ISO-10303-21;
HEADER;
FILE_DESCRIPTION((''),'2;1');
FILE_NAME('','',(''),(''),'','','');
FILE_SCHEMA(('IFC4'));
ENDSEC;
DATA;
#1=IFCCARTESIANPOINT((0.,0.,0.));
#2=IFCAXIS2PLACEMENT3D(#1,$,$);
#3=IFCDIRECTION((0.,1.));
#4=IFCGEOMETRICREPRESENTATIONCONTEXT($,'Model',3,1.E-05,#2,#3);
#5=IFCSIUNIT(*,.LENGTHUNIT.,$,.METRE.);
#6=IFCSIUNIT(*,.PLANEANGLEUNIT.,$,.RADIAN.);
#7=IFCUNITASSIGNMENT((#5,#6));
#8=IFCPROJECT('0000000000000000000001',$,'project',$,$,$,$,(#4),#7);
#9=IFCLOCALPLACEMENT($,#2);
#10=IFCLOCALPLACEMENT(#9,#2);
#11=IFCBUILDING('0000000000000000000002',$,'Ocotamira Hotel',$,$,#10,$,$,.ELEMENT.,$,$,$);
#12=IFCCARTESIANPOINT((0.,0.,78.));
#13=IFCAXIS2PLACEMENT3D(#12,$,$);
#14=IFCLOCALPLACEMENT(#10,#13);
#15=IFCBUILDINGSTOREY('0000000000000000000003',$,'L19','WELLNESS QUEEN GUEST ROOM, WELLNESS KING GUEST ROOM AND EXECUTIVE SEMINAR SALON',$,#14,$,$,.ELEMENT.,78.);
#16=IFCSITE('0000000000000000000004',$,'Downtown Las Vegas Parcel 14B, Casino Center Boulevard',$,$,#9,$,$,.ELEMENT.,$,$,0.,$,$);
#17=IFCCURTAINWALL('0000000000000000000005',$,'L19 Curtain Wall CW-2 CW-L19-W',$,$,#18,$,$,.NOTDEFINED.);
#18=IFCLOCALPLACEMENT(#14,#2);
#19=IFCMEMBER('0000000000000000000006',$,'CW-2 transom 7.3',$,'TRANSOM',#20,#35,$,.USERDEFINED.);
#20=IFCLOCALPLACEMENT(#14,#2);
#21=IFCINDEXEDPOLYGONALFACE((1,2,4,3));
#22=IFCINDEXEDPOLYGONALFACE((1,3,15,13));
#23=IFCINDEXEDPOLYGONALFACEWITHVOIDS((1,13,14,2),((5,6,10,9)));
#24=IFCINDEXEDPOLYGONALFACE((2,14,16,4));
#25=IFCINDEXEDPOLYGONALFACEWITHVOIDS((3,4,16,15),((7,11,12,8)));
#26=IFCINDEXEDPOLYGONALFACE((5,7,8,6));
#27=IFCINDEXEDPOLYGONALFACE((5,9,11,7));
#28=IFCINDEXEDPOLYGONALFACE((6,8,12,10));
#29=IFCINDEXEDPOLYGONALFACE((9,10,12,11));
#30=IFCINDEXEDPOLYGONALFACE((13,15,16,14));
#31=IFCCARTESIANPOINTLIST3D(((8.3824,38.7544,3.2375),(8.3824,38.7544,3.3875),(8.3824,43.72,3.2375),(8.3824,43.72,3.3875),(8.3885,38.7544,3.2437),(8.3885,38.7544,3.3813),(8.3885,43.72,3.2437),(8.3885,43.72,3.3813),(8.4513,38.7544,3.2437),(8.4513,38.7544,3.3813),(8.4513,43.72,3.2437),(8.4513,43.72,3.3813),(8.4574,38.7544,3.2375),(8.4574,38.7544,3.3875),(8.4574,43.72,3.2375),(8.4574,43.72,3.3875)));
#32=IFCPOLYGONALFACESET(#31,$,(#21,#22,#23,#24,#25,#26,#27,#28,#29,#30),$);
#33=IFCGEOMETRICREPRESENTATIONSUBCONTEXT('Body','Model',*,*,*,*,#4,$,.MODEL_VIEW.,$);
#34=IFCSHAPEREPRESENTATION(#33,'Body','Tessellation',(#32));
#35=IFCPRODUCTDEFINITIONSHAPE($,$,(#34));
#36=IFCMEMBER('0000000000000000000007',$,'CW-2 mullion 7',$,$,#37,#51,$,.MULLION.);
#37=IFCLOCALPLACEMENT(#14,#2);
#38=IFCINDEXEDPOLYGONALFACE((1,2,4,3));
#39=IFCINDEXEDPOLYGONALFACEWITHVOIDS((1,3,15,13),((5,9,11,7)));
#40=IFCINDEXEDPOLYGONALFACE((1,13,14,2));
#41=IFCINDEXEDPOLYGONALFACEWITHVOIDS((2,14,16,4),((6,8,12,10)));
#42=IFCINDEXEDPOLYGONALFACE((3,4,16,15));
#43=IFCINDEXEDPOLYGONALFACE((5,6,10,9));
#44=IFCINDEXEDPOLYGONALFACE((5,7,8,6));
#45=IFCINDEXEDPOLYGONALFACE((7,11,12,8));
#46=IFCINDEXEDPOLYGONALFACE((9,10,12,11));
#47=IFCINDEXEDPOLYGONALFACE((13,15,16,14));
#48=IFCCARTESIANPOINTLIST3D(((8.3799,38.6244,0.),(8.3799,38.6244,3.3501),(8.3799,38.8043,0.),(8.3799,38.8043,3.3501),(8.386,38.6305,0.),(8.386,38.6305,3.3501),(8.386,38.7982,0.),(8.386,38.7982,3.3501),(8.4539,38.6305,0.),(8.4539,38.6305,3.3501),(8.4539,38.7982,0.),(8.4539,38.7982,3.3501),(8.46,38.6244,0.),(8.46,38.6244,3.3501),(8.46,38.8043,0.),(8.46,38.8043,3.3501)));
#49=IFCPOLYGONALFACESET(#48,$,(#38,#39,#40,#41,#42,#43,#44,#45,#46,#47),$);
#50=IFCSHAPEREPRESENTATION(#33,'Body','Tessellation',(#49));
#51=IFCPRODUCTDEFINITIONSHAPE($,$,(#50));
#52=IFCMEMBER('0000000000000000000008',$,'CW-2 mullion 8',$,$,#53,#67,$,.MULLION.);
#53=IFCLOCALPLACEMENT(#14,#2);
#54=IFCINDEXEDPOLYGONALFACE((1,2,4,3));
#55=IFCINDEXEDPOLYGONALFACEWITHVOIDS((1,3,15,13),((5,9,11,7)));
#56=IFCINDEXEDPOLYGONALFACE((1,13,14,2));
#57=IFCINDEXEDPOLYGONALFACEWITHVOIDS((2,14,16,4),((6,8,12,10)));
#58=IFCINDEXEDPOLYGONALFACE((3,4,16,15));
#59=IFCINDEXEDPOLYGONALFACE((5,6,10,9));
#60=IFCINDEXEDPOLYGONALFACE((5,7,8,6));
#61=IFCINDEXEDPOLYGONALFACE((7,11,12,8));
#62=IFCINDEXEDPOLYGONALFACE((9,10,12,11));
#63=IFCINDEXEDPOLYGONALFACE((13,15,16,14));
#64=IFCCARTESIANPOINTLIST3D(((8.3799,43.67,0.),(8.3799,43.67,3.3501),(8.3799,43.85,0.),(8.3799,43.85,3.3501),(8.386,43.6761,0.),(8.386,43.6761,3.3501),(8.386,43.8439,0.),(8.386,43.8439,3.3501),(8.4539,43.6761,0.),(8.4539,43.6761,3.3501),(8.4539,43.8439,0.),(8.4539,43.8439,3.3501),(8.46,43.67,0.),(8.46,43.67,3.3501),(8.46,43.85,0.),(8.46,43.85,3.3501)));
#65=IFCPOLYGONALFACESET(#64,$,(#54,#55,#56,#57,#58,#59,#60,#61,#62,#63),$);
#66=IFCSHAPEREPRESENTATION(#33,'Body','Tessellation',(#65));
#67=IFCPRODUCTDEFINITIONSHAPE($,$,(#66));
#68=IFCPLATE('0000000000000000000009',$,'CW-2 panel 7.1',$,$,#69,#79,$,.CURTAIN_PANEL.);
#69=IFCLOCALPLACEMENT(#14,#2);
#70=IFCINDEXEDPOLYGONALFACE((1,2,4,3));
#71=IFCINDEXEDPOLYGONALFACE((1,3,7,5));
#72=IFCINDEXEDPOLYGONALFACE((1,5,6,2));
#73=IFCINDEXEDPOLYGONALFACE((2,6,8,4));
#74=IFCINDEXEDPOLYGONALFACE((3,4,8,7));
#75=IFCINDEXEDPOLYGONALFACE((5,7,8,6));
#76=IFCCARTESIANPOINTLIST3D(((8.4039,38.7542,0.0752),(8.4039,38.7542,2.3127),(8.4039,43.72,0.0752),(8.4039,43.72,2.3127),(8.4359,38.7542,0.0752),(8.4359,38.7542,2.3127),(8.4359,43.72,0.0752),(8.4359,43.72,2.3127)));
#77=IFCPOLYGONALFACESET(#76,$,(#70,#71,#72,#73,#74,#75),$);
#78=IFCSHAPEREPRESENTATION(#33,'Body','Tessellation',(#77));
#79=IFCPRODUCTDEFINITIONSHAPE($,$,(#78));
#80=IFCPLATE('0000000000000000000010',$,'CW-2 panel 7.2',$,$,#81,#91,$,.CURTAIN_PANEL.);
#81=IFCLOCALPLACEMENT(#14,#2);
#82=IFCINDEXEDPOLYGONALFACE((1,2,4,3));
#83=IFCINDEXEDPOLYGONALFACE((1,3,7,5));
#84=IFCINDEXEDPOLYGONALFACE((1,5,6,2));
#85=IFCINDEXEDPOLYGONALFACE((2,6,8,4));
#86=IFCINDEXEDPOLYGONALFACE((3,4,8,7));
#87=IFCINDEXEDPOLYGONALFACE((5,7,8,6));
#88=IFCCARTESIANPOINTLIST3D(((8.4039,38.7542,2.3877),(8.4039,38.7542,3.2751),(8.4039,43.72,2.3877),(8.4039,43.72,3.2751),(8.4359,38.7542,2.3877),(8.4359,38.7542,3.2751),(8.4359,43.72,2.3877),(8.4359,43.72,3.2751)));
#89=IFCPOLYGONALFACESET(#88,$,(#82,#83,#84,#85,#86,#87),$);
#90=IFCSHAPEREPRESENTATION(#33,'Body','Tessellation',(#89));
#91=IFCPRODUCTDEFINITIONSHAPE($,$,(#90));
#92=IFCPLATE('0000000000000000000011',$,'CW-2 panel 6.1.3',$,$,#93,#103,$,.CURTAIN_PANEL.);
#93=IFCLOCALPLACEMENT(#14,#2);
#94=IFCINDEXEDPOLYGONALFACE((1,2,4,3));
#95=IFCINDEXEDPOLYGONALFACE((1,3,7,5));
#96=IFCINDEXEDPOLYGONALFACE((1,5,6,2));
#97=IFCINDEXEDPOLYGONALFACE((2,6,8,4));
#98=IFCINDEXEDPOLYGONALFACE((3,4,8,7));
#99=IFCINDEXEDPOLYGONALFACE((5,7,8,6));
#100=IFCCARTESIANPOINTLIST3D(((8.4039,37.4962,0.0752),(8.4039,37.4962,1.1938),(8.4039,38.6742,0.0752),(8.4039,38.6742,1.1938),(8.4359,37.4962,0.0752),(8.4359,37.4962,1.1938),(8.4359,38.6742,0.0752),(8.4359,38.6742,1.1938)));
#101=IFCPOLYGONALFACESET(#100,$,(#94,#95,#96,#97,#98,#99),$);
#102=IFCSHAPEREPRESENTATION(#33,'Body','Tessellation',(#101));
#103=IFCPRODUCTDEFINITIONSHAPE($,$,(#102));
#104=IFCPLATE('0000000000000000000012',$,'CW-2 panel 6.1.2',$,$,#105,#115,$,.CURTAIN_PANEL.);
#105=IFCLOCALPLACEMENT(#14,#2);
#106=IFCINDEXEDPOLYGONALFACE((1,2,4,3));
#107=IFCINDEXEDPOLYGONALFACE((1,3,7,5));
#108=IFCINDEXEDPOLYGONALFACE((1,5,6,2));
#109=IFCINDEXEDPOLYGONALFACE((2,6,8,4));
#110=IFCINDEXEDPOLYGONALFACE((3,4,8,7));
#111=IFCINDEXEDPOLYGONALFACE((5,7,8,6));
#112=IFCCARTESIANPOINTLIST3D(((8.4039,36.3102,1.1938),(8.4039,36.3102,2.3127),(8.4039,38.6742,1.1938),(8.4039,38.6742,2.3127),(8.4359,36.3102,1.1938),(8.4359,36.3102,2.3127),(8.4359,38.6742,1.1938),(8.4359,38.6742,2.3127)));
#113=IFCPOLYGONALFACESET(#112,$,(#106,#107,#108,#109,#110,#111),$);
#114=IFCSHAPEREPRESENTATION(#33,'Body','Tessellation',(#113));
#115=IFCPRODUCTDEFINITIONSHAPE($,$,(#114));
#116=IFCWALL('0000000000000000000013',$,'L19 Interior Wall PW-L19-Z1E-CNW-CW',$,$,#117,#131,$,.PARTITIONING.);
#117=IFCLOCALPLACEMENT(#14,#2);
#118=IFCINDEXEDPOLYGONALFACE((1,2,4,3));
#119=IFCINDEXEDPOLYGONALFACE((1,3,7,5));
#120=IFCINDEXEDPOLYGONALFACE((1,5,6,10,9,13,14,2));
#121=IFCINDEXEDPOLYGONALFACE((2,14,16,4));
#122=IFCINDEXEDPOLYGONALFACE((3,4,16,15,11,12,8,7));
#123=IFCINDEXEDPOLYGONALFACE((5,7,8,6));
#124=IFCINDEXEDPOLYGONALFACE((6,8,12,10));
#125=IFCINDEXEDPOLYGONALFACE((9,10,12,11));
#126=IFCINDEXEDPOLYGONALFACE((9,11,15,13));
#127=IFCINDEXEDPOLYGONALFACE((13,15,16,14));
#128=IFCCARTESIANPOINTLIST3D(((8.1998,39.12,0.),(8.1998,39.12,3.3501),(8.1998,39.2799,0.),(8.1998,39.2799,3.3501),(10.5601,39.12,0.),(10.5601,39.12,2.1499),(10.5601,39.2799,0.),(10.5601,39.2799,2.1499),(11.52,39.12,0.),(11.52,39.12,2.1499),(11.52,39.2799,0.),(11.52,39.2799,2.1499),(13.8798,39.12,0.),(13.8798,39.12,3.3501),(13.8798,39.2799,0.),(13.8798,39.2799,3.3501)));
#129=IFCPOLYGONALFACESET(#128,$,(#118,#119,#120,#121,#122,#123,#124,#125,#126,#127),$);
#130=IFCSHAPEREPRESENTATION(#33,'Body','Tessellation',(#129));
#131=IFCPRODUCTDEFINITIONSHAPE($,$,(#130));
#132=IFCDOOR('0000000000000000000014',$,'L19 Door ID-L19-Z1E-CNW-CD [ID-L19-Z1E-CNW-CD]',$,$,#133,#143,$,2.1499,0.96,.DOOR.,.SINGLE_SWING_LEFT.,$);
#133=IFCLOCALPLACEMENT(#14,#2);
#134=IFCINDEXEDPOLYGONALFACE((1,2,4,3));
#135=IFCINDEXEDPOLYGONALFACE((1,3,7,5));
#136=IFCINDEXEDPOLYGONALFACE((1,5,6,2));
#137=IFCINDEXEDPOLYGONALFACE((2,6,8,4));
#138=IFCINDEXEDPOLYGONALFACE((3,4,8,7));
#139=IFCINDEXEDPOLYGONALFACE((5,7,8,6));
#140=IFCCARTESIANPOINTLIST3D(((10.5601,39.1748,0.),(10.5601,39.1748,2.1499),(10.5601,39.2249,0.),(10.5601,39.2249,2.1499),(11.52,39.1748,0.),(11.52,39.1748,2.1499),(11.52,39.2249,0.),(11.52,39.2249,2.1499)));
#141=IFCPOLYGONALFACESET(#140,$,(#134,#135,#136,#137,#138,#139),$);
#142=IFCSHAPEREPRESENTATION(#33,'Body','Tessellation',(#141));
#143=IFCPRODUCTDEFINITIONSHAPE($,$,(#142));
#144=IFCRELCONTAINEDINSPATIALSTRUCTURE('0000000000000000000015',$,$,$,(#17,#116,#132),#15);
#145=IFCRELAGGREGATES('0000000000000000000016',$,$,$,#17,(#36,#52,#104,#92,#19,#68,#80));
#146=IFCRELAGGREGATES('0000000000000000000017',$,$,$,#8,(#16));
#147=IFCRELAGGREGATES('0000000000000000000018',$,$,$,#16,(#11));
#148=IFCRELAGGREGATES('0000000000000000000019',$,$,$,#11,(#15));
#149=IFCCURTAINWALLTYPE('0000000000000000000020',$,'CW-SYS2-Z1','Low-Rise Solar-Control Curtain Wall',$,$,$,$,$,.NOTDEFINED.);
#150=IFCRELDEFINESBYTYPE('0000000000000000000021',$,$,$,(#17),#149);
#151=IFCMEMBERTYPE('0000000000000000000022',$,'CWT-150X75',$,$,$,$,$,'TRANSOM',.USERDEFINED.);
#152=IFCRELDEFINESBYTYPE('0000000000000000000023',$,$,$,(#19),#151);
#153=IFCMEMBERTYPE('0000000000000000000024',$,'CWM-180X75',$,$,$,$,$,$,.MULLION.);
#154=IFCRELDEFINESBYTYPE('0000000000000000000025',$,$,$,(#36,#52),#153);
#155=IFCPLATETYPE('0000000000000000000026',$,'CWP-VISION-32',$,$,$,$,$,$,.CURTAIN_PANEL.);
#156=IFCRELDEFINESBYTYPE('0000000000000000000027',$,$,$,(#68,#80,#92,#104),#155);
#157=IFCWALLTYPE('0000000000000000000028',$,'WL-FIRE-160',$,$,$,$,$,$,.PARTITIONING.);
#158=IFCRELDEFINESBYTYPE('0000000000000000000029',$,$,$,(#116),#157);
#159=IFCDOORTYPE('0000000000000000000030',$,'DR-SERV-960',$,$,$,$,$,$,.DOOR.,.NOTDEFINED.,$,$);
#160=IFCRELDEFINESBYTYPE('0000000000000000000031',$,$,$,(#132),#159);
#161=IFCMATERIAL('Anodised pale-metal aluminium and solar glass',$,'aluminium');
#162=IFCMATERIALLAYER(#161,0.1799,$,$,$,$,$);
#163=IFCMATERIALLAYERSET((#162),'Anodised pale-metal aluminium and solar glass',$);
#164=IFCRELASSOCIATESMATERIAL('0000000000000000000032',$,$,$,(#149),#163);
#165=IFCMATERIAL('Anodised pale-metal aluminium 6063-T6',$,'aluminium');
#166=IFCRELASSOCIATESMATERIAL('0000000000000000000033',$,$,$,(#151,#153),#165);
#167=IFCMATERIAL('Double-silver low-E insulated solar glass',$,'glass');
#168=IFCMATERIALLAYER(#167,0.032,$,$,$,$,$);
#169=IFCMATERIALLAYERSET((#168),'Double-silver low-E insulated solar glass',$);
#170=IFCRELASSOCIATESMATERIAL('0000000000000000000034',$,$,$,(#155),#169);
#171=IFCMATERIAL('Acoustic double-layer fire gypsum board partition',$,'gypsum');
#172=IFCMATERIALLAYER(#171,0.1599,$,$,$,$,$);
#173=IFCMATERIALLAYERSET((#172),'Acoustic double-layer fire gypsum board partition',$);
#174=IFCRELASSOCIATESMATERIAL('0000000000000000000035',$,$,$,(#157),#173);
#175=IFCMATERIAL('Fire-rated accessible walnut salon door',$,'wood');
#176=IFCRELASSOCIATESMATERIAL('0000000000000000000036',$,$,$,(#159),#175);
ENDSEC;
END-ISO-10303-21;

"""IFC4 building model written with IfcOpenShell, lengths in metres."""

from ifc_helpers import new_model, si_unit, direction, frame, frame_2d, origin, origin_2d, place, context, subcontext, project, spatial, rectangle, hollow_rectangle, extrude, source, transform, mapped, material, layer, layer_set, material_profile, profile_set, type_object, element, fill, aggregate, save


model = new_model("IFC4")

# Units and contexts
model_context = context("Model", 3, precision=1e-05, world=origin(), true_north=direction((0.0, 1.0)))
body_context = subcontext(model_context, "Body", "Model", "MODEL_VIEW")
ifc_project = project(units=[si_unit("LENGTHUNIT", "METRE"), si_unit("PLANEANGLEUNIT", "RADIAN")], contexts=[model_context])

# Site, building, storey
site_placement = place(None, origin())
site = spatial("IfcSite", under=ifc_project, at=site_placement, Name="Downtown Las Vegas Parcel 14B, Casino Center Boulevard", CompositionType="ELEMENT", RefElevation=0.0)
building_placement = place(site_placement, origin())
building = spatial("IfcBuilding", under=site, at=building_placement, Name="Ocotamira Hotel", CompositionType="ELEMENT")
storey_placement = place(building_placement, frame((0.0, 0.0, 78.0)))
storey = spatial("IfcBuildingStorey", under=building, at=storey_placement, Name="L19", Description="WELLNESS QUEEN GUEST ROOM, WELLNESS KING GUEST ROOM AND EXECUTIVE SEMINAR SALON", CompositionType="ELEMENT", Elevation=78.0)

# Curtain wall, members, plates
ifc_material_1 = material(Name="Anodised pale-metal aluminium and solar glass", Category="aluminium")
ifc_layer_1 = layer(ifc_material_1, 0.1799)
ifc_layer_set_1 = layer_set([ifc_layer_1], Name="Anodised pale-metal aluminium and solar glass")
curtain_wall_type = type_object("IfcCurtainWallType", Name="CW-SYS2-Z1", Description="Low-Rise Solar-Control Curtain Wall", PredefinedType="NOTDEFINED", material=ifc_layer_set_1)
curtain_wall_placement = place(storey_placement, origin())
curtain_wall = element("IfcCurtainWall", 1, at=curtain_wall_placement, inside=storey, type_object=curtain_wall_type, Name="L19 Curtain Wall CW-2 CW-L19-W", PredefinedType="NOTDEFINED")
ifc_material_2 = material(Name="Anodised pale-metal aluminium 6063-T6", Category="aluminium")
ifc_material_profile_1 = material_profile(ifc_material_2, hollow_rectangle(XDim=0.075, YDim=0.1499, WallThickness=0.0061, at=origin_2d()), Name="HSS150X75X6")
ifc_profile_set_1 = profile_set([ifc_material_profile_1], Name="Anodised pale-metal aluminium 6063-T6")
member_type_1 = type_object("IfcMemberType", Name="CWT-150X75", ElementType="TRANSOM", PredefinedType="USERDEFINED", material=ifc_profile_set_1)
shared_shape_1 = source(origin(), body_context, "Body", "SweptSolid", [
    extrude(hollow_rectangle(XDim=0.075, YDim=0.1499, WallThickness=0.0061, at=origin_2d()), origin(), (0.0, 0.0, 1.0), 4.9656),
])
member_1_placement = place(storey_placement, frame((8.4199, 38.7544, 3.3125), z_axis=(0.0, 1.0, 0.0), x_axis=(-1.0, 0.0, 0.0)))
member_1 = element("IfcMember", 2, at=member_1_placement, type_object=member_type_1, Name="CW-2 transom 7.3", ObjectType="TRANSOM", PredefinedType="USERDEFINED", context=body_context, shape_type="MappedRepresentation", body=[
    mapped(shared_shape_1, transform((0.0, 0.0, 0.0), scale=1.0)),
])
ifc_material_profile_2 = material_profile(ifc_material_2, hollow_rectangle(XDim=0.0801, YDim=0.1799, WallThickness=0.0061, at=origin_2d()), Name="HSS180X80X6")
ifc_profile_set_2 = profile_set([ifc_material_profile_2], Name="Anodised pale-metal aluminium 6063-T6")
member_type_2 = type_object("IfcMemberType", Name="CWM-180X75", PredefinedType="MULLION", material=ifc_profile_set_2)
shared_shape_2 = source(origin(), body_context, "Body", "SweptSolid", [
    extrude(hollow_rectangle(XDim=0.0801, YDim=0.1799, WallThickness=0.0061, at=origin_2d()), origin(), (0.0, 0.0, 1.0), 3.3501),
])
member_2_placement = place(storey_placement, frame((8.4199, 38.7144, 0.0), z_axis=(0.0, 0.0, 1.0), x_axis=(-1.0, 0.0, 0.0)))
member_2 = element("IfcMember", 3, at=member_2_placement, type_object=member_type_2, Name="CW-2 mullion 7", PredefinedType="MULLION", context=body_context, shape_type="MappedRepresentation", body=[
    mapped(shared_shape_2, transform((0.0, 0.0, 0.0), scale=1.0)),
])
member_3_placement = place(storey_placement, frame((8.4199, 43.76, 0.0), z_axis=(0.0, 0.0, 1.0), x_axis=(-1.0, 0.0, 0.0)))
member_3 = element("IfcMember", 4, at=member_3_placement, type_object=member_type_2, Name="CW-2 mullion 8", PredefinedType="MULLION", context=body_context, shape_type="MappedRepresentation", body=[
    mapped(shared_shape_2, transform((0.0, 0.0, 0.0), scale=1.0)),
])
ifc_material_3 = material(Name="Double-silver low-E insulated solar glass", Category="glass")
ifc_layer_2 = layer(ifc_material_3, 0.032)
ifc_layer_set_2 = layer_set([ifc_layer_2], Name="Double-silver low-E insulated solar glass")
plate_type = type_object("IfcPlateType", Name="CWP-VISION-32", PredefinedType="CURTAIN_PANEL", material=ifc_layer_set_2)
shared_shape_3 = source(origin(), body_context, "Body", "SweptSolid", [
    extrude(rectangle(XDim=4.9658, YDim=0.032, at=origin_2d()), origin(), (0.0, 0.0, 1.0), 2.2375),
])
plate_1_placement = place(storey_placement, frame((8.4199, 41.2371, 0.0752), z_axis=(0.0, 0.0, 1.0), x_axis=(0.0, 1.0, 0.0)))
plate_1 = element("IfcPlate", 5, at=plate_1_placement, type_object=plate_type, Name="CW-2 panel 7.1", PredefinedType="CURTAIN_PANEL", context=body_context, shape_type="MappedRepresentation", body=[
    mapped(shared_shape_3, transform((0.0, 0.0, 0.0), scale=1.0)),
])
shared_shape_4 = source(origin(), body_context, "Body", "SweptSolid", [
    extrude(rectangle(XDim=4.9658, YDim=0.032, at=origin_2d()), origin(), (0.0, 0.0, 1.0), 0.8875),
])
plate_2_placement = place(storey_placement, frame((8.4199, 41.2371, 2.3877), z_axis=(0.0, 0.0, 1.0), x_axis=(0.0, 1.0, 0.0)))
plate_2 = element("IfcPlate", 6, at=plate_2_placement, type_object=plate_type, Name="CW-2 panel 7.2", PredefinedType="CURTAIN_PANEL", context=body_context, shape_type="MappedRepresentation", body=[
    mapped(shared_shape_4, transform((0.0, 0.0, 0.0), scale=1.0)),
])
shared_shape_5 = source(origin(), body_context, "Body", "SweptSolid", [
    extrude(rectangle(XDim=1.178, YDim=0.032, at=origin_2d()), origin(), (0.0, 0.0, 1.0), 1.1187),
])
plate_3_placement = place(storey_placement, frame((8.4199, 38.0852, 0.0752), z_axis=(0.0, 0.0, 1.0), x_axis=(0.0, 1.0, 0.0)))
plate_3 = element("IfcPlate", 7, at=plate_3_placement, type_object=plate_type, Name="CW-2 panel 6.1.3", PredefinedType="CURTAIN_PANEL", context=body_context, shape_type="MappedRepresentation", body=[
    mapped(shared_shape_5, transform((0.0, 0.0, 0.0), scale=1.0)),
])
shared_shape_6 = source(origin(), body_context, "Body", "SweptSolid", [
    extrude(rectangle(XDim=2.364, YDim=0.032, at=origin_2d()), origin(), (0.0, 0.0, 1.0), 1.1189),
])
plate_4_placement = place(storey_placement, frame((8.4199, 37.4922, 1.1938), z_axis=(0.0, 0.0, 1.0), x_axis=(0.0, 1.0, 0.0)))
plate_4 = element("IfcPlate", 8, at=plate_4_placement, type_object=plate_type, Name="CW-2 panel 6.1.2", PredefinedType="CURTAIN_PANEL", context=body_context, shape_type="MappedRepresentation", body=[
    mapped(shared_shape_6, transform((0.0, 0.0, 0.0), scale=1.0)),
])
aggregate(curtain_wall, [member_2, member_3, plate_4, plate_3, member_1, plate_1, plate_2])

# Wall, opening, door
ifc_material_4 = material(Name="Acoustic double-layer fire gypsum board partition", Category="gypsum")
ifc_layer_3 = layer(ifc_material_4, 0.1599)
ifc_layer_set_3 = layer_set([ifc_layer_3], Name="Acoustic double-layer fire gypsum board partition")
wall_type_1 = type_object("IfcWallType", Name="WL-FIRE-160", PredefinedType="PARTITIONING", material=ifc_layer_set_3)
wall_1_placement = place(storey_placement, frame((8.2, 39.2, 0.0), z_axis=(0.0, 0.0, 1.0), x_axis=(1.0, 0.0, 0.0)))
wall_1 = element("IfcWall", 9, at=wall_1_placement, inside=storey, type_object=wall_type_1, Name="L19 Interior Wall PW-L19-Z1E-CNW-CW", PredefinedType="PARTITIONING", context=body_context, shape_type="SweptSolid", body=[
    extrude(rectangle(XDim=5.6799, YDim=0.1599, at=frame_2d((2.8398, 0.0))), origin(), (0.0, 0.0, 1.0), 3.3501),
])
opening_1_placement = place(wall_1_placement, frame((2.3601, 0.0, 0.0)))
opening_1 = element("IfcOpeningElement", 10, at=opening_1_placement, cuts=wall_1, PredefinedType="OPENING", context=body_context, shape_type="SweptSolid", body=[
    extrude(rectangle(XDim=0.96, YDim=2.1499, at=frame_2d((0.48, 1.075))), frame((0.0, 0.0898, 0.0), z_axis=(0.0, -1.0, 0.0), x_axis=(1.0, 0.0, 0.0)), (0.0, 0.0, 1.0), 0.1799),
])
ifc_material_5 = material(Name="Fire-rated accessible walnut salon door", Category="wood")
door_type_1 = type_object("IfcDoorType", Name="DR-SERV-960", OperationType="NOTDEFINED", PredefinedType="DOOR", material=ifc_material_5)
shared_shape_7 = source(origin(), body_context, "Body", "SweptSolid", [
    extrude(rectangle(XDim=0.96, YDim=2.1499, at=frame_2d((0.48, 1.075))), frame((0.0, 0.0249, 0.0), z_axis=(0.0, -1.0, 0.0), x_axis=(1.0, 0.0, 0.0)), (0.0, 0.0, 1.0), 0.05),
])
door_1_placement = place(opening_1_placement, origin())
door_1 = element("IfcDoor", 11, at=door_1_placement, inside=storey, type_object=door_type_1, Name="L19 Door ID-L19-Z1E-CNW-CD [ID-L19-Z1E-CNW-CD]", OperationType="SINGLE_SWING_LEFT", OverallHeight=2.1499, OverallWidth=0.96, PredefinedType="DOOR", context=body_context, shape_type="MappedRepresentation", body=[
    mapped(shared_shape_7, transform((0.0, 0.0, 0.0), scale=1.0)),
])
fill(opening_1, door_1)

save(model, "model.ifc")
